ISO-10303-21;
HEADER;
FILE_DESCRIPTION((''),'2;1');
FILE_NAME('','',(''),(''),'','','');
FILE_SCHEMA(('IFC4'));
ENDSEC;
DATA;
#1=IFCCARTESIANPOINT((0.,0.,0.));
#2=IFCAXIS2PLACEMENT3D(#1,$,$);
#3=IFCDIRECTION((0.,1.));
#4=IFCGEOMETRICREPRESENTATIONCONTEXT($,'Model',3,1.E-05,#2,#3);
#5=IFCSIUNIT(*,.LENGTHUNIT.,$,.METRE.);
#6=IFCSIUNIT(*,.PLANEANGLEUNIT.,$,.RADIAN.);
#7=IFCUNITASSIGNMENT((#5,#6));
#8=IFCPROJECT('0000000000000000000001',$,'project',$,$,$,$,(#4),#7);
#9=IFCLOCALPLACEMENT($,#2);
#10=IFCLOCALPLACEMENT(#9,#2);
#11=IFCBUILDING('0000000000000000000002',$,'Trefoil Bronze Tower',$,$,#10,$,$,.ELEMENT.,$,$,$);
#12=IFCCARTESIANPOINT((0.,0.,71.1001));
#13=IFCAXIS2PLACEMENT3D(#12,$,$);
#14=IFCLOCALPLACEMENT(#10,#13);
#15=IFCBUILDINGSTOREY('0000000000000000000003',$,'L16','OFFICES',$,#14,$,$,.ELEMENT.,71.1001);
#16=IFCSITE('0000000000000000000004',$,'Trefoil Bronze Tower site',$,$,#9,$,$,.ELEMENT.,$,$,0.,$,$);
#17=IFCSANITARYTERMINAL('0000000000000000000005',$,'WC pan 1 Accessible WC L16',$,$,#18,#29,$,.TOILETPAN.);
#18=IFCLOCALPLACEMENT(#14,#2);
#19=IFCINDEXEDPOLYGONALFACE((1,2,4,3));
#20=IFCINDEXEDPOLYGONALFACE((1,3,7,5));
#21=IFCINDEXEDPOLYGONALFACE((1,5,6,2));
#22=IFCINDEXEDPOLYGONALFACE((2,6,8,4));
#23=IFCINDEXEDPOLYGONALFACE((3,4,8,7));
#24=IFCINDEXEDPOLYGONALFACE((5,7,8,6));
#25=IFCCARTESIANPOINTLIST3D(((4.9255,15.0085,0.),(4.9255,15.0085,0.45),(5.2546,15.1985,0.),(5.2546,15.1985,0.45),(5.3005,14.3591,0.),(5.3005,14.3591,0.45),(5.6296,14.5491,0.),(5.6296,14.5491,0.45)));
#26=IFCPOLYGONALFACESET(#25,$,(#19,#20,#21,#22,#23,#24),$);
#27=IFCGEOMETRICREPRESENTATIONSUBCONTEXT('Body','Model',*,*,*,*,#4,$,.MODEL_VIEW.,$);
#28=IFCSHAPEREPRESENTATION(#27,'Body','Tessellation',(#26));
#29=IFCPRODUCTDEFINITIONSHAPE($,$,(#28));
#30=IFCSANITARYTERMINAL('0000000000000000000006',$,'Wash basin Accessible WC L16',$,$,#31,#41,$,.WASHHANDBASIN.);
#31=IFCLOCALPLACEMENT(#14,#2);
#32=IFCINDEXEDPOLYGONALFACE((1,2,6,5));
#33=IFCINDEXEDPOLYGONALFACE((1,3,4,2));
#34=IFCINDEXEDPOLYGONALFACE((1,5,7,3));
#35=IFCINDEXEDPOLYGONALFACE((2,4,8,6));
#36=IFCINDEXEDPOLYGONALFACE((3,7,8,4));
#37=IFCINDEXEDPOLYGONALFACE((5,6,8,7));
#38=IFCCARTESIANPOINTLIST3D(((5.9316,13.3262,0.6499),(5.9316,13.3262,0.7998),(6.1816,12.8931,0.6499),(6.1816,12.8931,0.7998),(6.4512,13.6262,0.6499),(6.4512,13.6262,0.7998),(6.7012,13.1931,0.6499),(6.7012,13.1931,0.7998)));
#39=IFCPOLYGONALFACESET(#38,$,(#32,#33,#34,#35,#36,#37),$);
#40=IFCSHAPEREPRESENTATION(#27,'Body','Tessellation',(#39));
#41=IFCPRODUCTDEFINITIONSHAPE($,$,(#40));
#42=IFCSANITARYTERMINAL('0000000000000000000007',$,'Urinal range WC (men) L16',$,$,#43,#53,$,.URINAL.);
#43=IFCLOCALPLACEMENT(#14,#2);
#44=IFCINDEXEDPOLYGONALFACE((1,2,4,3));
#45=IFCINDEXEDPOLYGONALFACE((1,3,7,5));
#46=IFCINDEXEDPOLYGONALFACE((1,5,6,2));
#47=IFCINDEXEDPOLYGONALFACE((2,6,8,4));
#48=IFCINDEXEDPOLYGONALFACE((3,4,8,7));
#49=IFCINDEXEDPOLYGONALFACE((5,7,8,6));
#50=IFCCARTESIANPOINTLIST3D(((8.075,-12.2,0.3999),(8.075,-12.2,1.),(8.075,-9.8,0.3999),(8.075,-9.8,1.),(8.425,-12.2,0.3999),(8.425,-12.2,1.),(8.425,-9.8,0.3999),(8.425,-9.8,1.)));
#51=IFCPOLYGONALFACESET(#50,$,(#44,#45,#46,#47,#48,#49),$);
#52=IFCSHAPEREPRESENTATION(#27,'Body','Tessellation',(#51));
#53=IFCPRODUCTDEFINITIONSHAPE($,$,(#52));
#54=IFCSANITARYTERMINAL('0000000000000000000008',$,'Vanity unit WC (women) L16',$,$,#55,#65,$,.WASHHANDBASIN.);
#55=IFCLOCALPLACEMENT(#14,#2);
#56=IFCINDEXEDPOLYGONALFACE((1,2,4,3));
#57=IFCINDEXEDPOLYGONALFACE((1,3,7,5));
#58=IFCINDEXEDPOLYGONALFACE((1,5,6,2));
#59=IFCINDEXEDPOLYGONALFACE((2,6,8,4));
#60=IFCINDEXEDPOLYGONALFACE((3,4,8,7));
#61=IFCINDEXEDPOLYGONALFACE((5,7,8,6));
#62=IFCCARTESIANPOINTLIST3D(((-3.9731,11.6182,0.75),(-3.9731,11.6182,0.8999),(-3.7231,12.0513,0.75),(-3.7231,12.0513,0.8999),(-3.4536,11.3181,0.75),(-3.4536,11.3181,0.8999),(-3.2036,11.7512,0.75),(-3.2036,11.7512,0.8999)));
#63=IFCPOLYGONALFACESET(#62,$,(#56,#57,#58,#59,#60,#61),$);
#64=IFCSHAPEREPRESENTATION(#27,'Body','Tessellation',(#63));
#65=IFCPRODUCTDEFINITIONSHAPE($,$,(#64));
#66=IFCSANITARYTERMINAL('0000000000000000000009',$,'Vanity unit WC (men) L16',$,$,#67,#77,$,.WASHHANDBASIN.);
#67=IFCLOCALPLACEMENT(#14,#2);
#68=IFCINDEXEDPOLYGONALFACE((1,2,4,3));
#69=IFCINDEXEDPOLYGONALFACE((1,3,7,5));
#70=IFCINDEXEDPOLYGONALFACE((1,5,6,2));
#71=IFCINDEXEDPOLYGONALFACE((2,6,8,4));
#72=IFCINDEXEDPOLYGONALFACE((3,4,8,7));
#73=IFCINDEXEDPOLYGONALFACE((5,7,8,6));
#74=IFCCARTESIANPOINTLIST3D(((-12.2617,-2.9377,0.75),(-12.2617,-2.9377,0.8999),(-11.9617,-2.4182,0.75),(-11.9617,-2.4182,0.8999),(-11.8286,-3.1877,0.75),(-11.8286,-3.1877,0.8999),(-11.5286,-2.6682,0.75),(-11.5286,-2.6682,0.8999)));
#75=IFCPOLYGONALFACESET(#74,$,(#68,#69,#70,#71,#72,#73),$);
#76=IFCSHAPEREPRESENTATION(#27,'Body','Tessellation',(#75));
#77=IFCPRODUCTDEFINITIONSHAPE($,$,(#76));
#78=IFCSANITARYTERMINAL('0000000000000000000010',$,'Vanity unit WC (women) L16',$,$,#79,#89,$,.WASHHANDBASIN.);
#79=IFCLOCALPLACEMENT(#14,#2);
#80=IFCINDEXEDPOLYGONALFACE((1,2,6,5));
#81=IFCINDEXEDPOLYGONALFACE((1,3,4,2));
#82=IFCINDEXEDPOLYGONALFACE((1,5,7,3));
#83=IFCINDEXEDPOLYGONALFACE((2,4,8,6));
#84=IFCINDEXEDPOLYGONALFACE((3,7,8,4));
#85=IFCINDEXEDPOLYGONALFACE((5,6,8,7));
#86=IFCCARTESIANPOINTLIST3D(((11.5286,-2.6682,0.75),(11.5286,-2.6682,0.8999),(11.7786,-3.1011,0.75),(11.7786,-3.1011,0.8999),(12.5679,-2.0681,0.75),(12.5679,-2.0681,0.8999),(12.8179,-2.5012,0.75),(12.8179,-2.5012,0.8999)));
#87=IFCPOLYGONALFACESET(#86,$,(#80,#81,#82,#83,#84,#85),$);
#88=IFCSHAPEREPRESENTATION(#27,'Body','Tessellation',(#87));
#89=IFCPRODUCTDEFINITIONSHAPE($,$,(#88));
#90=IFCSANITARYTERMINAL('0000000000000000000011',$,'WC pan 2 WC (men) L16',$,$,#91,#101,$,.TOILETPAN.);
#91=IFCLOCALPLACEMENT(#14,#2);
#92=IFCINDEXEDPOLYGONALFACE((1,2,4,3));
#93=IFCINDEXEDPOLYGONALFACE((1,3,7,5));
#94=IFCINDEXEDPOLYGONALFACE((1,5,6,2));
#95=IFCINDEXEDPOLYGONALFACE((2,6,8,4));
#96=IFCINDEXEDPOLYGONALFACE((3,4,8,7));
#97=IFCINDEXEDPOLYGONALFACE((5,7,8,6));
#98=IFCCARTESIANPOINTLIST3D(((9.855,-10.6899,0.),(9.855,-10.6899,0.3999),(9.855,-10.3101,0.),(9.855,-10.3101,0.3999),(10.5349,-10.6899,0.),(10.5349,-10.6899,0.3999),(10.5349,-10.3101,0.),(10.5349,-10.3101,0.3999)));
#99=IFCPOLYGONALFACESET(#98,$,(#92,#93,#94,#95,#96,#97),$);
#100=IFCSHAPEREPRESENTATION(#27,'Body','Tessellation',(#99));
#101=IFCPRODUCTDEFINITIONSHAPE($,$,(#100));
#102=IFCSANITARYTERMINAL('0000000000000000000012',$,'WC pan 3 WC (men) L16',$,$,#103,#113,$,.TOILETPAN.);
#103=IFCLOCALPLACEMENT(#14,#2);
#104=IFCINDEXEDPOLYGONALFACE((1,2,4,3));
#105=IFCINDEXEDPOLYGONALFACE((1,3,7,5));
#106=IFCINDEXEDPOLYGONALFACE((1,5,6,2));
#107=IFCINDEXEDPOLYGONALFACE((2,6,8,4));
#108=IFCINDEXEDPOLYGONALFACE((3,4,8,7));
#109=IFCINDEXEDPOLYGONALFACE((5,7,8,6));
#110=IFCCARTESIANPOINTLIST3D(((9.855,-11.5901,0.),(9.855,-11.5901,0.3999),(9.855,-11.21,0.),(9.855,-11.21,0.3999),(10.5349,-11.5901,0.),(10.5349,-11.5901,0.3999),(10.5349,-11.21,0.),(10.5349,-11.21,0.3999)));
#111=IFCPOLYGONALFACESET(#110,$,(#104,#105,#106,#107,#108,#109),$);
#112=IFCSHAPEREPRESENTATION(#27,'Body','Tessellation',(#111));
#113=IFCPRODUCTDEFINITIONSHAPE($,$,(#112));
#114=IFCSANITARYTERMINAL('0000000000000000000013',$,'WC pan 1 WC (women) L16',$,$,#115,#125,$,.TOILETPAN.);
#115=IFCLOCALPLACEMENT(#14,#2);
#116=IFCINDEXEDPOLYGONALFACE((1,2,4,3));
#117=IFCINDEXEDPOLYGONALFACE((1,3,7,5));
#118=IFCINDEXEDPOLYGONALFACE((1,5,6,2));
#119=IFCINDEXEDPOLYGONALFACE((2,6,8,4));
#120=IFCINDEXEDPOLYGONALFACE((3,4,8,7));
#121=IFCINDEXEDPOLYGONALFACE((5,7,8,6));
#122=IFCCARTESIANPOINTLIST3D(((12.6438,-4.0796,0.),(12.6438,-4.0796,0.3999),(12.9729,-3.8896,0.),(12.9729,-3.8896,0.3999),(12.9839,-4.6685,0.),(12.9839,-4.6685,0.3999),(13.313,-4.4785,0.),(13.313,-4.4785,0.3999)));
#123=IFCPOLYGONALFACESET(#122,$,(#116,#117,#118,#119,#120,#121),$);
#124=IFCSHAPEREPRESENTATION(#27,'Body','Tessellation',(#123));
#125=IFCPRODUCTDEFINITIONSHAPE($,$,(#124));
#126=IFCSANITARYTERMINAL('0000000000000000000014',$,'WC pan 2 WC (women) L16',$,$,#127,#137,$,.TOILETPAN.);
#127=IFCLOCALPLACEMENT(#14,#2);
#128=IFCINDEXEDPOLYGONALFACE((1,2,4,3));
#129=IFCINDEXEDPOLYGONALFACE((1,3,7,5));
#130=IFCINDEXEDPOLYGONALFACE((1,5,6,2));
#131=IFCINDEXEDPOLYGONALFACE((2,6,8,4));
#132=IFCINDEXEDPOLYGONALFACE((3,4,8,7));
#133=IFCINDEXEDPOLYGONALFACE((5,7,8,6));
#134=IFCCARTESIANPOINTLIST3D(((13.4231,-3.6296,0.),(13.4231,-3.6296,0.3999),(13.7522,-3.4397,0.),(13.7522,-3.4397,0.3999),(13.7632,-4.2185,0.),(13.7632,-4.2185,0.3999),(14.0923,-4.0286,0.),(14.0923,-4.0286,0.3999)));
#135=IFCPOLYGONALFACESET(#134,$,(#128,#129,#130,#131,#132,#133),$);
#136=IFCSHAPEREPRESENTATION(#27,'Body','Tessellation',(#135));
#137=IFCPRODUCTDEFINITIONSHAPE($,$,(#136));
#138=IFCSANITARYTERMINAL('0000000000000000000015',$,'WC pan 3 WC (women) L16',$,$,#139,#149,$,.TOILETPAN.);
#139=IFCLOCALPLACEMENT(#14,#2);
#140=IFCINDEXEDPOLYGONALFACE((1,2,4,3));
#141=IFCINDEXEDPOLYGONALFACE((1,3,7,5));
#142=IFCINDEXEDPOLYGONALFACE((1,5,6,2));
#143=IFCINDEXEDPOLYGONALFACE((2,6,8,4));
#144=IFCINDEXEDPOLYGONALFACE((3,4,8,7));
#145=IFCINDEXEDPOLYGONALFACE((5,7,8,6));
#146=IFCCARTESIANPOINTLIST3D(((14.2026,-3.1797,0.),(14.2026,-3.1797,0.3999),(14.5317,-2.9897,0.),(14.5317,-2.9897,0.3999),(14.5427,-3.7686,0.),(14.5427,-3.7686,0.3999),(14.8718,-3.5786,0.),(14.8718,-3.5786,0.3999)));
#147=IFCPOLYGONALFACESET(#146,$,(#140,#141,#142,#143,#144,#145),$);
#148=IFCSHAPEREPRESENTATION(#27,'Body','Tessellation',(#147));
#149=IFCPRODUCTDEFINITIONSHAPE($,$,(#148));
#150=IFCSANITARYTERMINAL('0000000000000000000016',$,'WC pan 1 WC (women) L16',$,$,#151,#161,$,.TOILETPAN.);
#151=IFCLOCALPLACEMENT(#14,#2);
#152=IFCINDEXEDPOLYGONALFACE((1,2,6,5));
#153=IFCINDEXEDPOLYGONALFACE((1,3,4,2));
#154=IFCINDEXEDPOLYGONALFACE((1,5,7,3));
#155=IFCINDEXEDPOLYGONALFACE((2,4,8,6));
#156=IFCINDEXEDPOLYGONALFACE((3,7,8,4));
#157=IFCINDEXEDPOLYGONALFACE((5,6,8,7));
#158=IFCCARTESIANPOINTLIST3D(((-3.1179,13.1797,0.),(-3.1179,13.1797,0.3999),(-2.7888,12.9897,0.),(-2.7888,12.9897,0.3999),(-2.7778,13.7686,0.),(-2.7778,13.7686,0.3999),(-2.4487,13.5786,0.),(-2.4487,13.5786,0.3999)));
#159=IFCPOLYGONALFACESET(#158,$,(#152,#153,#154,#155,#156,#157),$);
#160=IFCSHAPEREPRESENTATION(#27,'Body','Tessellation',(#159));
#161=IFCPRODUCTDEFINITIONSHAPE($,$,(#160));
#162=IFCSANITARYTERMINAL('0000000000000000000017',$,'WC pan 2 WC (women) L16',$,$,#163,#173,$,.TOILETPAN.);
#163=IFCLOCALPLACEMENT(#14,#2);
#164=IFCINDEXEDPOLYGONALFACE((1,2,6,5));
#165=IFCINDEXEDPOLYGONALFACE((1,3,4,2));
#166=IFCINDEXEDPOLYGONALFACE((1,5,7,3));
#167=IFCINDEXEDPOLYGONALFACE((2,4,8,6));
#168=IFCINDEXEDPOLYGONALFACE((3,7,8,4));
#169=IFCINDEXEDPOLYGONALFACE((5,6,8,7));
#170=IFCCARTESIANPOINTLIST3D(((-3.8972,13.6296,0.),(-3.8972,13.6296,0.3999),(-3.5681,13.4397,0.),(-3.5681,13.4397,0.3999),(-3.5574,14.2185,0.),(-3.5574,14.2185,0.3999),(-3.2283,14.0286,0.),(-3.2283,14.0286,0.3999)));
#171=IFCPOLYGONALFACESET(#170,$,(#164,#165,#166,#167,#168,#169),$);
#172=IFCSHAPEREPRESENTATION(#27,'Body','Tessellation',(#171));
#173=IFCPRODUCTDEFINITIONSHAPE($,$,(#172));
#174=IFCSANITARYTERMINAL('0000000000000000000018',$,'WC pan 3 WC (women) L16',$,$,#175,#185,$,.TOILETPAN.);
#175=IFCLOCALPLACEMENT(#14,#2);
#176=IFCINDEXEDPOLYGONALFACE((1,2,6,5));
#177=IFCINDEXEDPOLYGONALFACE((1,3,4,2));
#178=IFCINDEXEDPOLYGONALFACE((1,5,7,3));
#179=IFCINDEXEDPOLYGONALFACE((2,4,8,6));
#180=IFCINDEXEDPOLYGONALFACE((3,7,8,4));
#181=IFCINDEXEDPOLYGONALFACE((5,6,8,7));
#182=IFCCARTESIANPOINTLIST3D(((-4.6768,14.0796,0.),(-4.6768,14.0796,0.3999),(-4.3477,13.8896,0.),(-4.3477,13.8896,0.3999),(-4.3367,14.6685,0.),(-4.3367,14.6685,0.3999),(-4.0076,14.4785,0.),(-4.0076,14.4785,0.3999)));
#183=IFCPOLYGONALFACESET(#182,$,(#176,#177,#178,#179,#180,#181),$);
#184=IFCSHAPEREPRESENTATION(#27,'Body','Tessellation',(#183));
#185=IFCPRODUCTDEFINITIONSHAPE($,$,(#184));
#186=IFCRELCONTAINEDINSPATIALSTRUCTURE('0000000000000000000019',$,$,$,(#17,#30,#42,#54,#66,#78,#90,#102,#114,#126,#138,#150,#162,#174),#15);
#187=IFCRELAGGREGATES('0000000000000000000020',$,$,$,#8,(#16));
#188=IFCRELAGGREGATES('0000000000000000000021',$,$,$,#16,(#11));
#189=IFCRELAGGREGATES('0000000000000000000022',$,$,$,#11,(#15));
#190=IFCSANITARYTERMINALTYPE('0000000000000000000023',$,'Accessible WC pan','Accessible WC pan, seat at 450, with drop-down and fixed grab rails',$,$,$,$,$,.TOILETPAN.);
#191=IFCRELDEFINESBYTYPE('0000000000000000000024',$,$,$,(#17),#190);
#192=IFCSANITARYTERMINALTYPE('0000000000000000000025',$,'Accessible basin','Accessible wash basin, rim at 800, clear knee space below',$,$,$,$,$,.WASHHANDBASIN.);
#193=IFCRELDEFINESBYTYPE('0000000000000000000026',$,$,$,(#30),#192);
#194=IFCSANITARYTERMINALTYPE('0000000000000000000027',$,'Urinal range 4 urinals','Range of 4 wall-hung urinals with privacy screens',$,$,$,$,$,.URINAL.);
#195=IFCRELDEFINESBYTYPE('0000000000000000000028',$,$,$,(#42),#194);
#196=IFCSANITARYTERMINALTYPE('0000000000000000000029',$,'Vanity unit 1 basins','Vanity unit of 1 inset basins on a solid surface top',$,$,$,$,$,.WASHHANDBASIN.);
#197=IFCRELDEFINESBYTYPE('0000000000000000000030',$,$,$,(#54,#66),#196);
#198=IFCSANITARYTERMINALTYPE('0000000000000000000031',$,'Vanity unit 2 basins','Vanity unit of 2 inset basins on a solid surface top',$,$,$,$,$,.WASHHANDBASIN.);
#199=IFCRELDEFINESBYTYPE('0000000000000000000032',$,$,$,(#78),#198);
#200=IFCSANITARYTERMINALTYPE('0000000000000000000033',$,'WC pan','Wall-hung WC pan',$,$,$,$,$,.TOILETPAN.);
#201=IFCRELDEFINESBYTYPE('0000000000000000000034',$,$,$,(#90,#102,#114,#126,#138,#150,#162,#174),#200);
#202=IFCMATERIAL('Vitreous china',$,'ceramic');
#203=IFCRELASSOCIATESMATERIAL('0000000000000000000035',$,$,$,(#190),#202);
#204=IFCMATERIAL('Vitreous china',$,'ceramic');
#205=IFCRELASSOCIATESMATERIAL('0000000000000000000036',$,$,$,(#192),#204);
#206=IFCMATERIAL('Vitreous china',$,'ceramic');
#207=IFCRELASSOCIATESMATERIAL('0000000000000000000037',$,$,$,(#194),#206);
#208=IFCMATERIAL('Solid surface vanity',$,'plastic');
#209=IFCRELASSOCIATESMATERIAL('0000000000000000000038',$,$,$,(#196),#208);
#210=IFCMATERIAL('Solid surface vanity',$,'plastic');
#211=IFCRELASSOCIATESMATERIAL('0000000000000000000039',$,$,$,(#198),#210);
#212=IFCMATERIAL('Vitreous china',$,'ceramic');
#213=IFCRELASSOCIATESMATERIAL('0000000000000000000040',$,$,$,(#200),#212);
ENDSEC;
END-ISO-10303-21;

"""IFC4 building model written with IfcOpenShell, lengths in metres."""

from ifc_helpers import new_model, si_unit, direction, frame, origin, place, context, subcontext, project, spatial, polyline, outline, extrude, material, type_object, element, save


model = new_model("IFC4")

# Units and contexts
model_context = context("Model", 3, precision=1e-05, world=origin(), true_north=direction((0.0, 1.0)))
body_context = subcontext(model_context, "Body", "Model", "MODEL_VIEW")
ifc_project = project(units=[si_unit("LENGTHUNIT", "METRE"), si_unit("PLANEANGLEUNIT", "RADIAN")], contexts=[model_context])

# Site, building, storey
site_placement = place(None, origin())
site = spatial("IfcSite", under=ifc_project, at=site_placement, Name="Trefoil Bronze Tower site", CompositionType="ELEMENT", RefElevation=0.0)
building_placement = place(site_placement, origin())
building = spatial("IfcBuilding", under=site, at=building_placement, Name="Trefoil Bronze Tower", CompositionType="ELEMENT")
storey_placement = place(building_placement, frame((0.0, 0.0, 71.1001)))
storey = spatial("IfcBuildingStorey", under=building, at=storey_placement, Name="L16", Description="OFFICES", CompositionType="ELEMENT", Elevation=71.1001)

# Sanitary terminals
ifc_material_1 = material(Name="Vitreous china", Category="ceramic")
sanitary_terminal_type_1 = type_object("IfcSanitaryTerminalType", Name="Accessible WC pan", Description="Accessible WC pan, seat at 450, with drop-down and fixed grab rails", PredefinedType="TOILETPAN", material=ifc_material_1)
sanitary_terminal_1_placement = place(storey_placement, origin())
element("IfcSanitaryTerminal", 1, at=sanitary_terminal_1_placement, inside=storey, type_object=sanitary_terminal_type_1, Name="WC pan 1 Accessible WC L16", PredefinedType="TOILETPAN", context=body_context, shape_type="SweptSolid", body=[
    extrude(outline(polyline([(5.3005, 14.3591), (4.9255, 15.0085), (5.2546, 15.1985), (5.6296, 14.5491), (5.3005, 14.3591)])), origin(), (0.0, 0.0, 1.0), 0.45),
])
ifc_material_2 = material(Name="Vitreous china", Category="ceramic")
sanitary_terminal_type_2 = type_object("IfcSanitaryTerminalType", Name="Accessible basin", Description="Accessible wash basin, rim at 800, clear knee space below", PredefinedType="WASHHANDBASIN", material=ifc_material_2)
sanitary_terminal_2_placement = place(storey_placement, frame((0.0, 0.0, 0.6499)))
element("IfcSanitaryTerminal", 2, at=sanitary_terminal_2_placement, inside=storey, type_object=sanitary_terminal_type_2, Name="Wash basin Accessible WC L16", PredefinedType="WASHHANDBASIN", context=body_context, shape_type="SweptSolid", body=[
    extrude(outline(polyline([(6.1816, 12.8931), (5.9316, 13.3262), (6.4512, 13.6262), (6.7012, 13.1931), (6.1816, 12.8931)])), origin(), (0.0, 0.0, 1.0), 0.1499),
])
ifc_material_3 = material(Name="Vitreous china", Category="ceramic")
sanitary_terminal_type_3 = type_object("IfcSanitaryTerminalType", Name="Urinal range 4 urinals", Description="Range of 4 wall-hung urinals with privacy screens", PredefinedType="URINAL", material=ifc_material_3)
sanitary_terminal_3_placement = place(storey_placement, frame((0.0, 0.0, 0.3999)))
element("IfcSanitaryTerminal", 3, at=sanitary_terminal_3_placement, inside=storey, type_object=sanitary_terminal_type_3, Name="Urinal range WC (men) L16", PredefinedType="URINAL", context=body_context, shape_type="SweptSolid", body=[
    extrude(outline(polyline([(8.075, -9.8), (8.425, -9.8), (8.425, -12.2), (8.075, -12.2), (8.075, -9.8)])), origin(), (0.0, 0.0, 1.0), 0.6001),
])
ifc_material_4 = material(Name="Solid surface vanity", Category="plastic")
sanitary_terminal_type_4 = type_object("IfcSanitaryTerminalType", Name="Vanity unit 1 basins", Description="Vanity unit of 1 inset basins on a solid surface top", PredefinedType="WASHHANDBASIN", material=ifc_material_4)
sanitary_terminal_4_placement = place(storey_placement, frame((0.0, 0.0, 0.75)))
element("IfcSanitaryTerminal", 4, at=sanitary_terminal_4_placement, inside=storey, type_object=sanitary_terminal_type_4, Name="Vanity unit WC (women) L16", PredefinedType="WASHHANDBASIN", context=body_context, shape_type="SweptSolid", body=[
    extrude(outline(polyline([(-3.4536, 11.3181), (-3.2036, 11.7512), (-3.7231, 12.0513), (-3.9731, 11.6182), (-3.4536, 11.3181)])), origin(), (0.0, 0.0, 1.0), 0.1499),
])
sanitary_terminal_5_placement = place(storey_placement, frame((0.0, 0.0, 0.75)))
element("IfcSanitaryTerminal", 5, at=sanitary_terminal_5_placement, inside=storey, type_object=sanitary_terminal_type_4, Name="Vanity unit WC (men) L16", PredefinedType="WASHHANDBASIN", context=body_context, shape_type="SweptSolid", body=[
    extrude(outline(polyline([(-11.5286, -2.6682), (-11.8286, -3.1877), (-12.2617, -2.9377), (-11.9617, -2.4182), (-11.5286, -2.6682)])), origin(), (0.0, 0.0, 1.0), 0.1499),
])
ifc_material_5 = material(Name="Solid surface vanity", Category="plastic")
sanitary_terminal_type_5 = type_object("IfcSanitaryTerminalType", Name="Vanity unit 2 basins", Description="Vanity unit of 2 inset basins on a solid surface top", PredefinedType="WASHHANDBASIN", material=ifc_material_5)
sanitary_terminal_6_placement = place(storey_placement, frame((0.0, 0.0, 0.75)))
element("IfcSanitaryTerminal", 6, at=sanitary_terminal_6_placement, inside=storey, type_object=sanitary_terminal_type_5, Name="Vanity unit WC (women) L16", PredefinedType="WASHHANDBASIN", context=body_context, shape_type="SweptSolid", body=[
    extrude(outline(polyline([(11.5286, -2.6682), (11.7786, -3.1011), (12.8179, -2.5012), (12.5679, -2.0681), (11.5286, -2.6682)])), origin(), (0.0, 0.0, 1.0), 0.1499),
])
ifc_material_6 = material(Name="Vitreous china", Category="ceramic")
sanitary_terminal_type_6 = type_object("IfcSanitaryTerminalType", Name="WC pan", Description="Wall-hung WC pan", PredefinedType="TOILETPAN", material=ifc_material_6)
sanitary_terminal_7_placement = place(storey_placement, origin())
element("IfcSanitaryTerminal", 7, at=sanitary_terminal_7_placement, inside=storey, type_object=sanitary_terminal_type_6, Name="WC pan 2 WC (men) L16", PredefinedType="TOILETPAN", context=body_context, shape_type="SweptSolid", body=[
    extrude(outline(polyline([(9.855, -10.3101), (10.5349, -10.3101), (10.5349, -10.6899), (9.855, -10.6899), (9.855, -10.3101)])), origin(), (0.0, 0.0, 1.0), 0.3999),
])
sanitary_terminal_8_placement = place(storey_placement, origin())
element("IfcSanitaryTerminal", 8, at=sanitary_terminal_8_placement, inside=storey, type_object=sanitary_terminal_type_6, Name="WC pan 3 WC (men) L16", PredefinedType="TOILETPAN", context=body_context, shape_type="SweptSolid", body=[
    extrude(outline(polyline([(9.855, -11.21), (10.5349, -11.21), (10.5349, -11.5901), (9.855, -11.5901), (9.855, -11.21)])), origin(), (0.0, 0.0, 1.0), 0.3999),
])
sanitary_terminal_9_placement = place(storey_placement, origin())
element("IfcSanitaryTerminal", 9, at=sanitary_terminal_9_placement, inside=storey, type_object=sanitary_terminal_type_6, Name="WC pan 1 WC (women) L16", PredefinedType="TOILETPAN", context=body_context, shape_type="SweptSolid", body=[
    extrude(outline(polyline([(12.6438, -4.0796), (12.9839, -4.6685), (13.313, -4.4785), (12.9729, -3.8896), (12.6438, -4.0796)])), origin(), (0.0, 0.0, 1.0), 0.3999),
])
sanitary_terminal_10_placement = place(storey_placement, origin())
element("IfcSanitaryTerminal", 10, at=sanitary_terminal_10_placement, inside=storey, type_object=sanitary_terminal_type_6, Name="WC pan 2 WC (women) L16", PredefinedType="TOILETPAN", context=body_context, shape_type="SweptSolid", body=[
    extrude(outline(polyline([(13.4231, -3.6296), (13.7632, -4.2185), (14.0923, -4.0286), (13.7522, -3.4397), (13.4231, -3.6296)])), origin(), (0.0, 0.0, 1.0), 0.3999),
])
sanitary_terminal_11_placement = place(storey_placement, origin())
element("IfcSanitaryTerminal", 11, at=sanitary_terminal_11_placement, inside=storey, type_object=sanitary_terminal_type_6, Name="WC pan 3 WC (women) L16", PredefinedType="TOILETPAN", context=body_context, shape_type="SweptSolid", body=[
    extrude(outline(polyline([(14.2026, -3.1797), (14.5427, -3.7686), (14.8718, -3.5786), (14.5317, -2.9897), (14.2026, -3.1797)])), origin(), (0.0, 0.0, 1.0), 0.3999),
])
sanitary_terminal_12_placement = place(storey_placement, origin())
element("IfcSanitaryTerminal", 12, at=sanitary_terminal_12_placement, inside=storey, type_object=sanitary_terminal_type_6, Name="WC pan 1 WC (women) L16", PredefinedType="TOILETPAN", context=body_context, shape_type="SweptSolid", body=[
    extrude(outline(polyline([(-2.7888, 12.9897), (-2.4487, 13.5786), (-2.7778, 13.7686), (-3.1179, 13.1797), (-2.7888, 12.9897)])), origin(), (0.0, 0.0, 1.0), 0.3999),
])
sanitary_terminal_13_placement = place(storey_placement, origin())
element("IfcSanitaryTerminal", 13, at=sanitary_terminal_13_placement, inside=storey, type_object=sanitary_terminal_type_6, Name="WC pan 2 WC (women) L16", PredefinedType="TOILETPAN", context=body_context, shape_type="SweptSolid", body=[
    extrude(outline(polyline([(-3.5681, 13.4397), (-3.2283, 14.0286), (-3.5574, 14.2185), (-3.8972, 13.6296), (-3.5681, 13.4397)])), origin(), (0.0, 0.0, 1.0), 0.3999),
])
sanitary_terminal_14_placement = place(storey_placement, origin())
element("IfcSanitaryTerminal", 14, at=sanitary_terminal_14_placement, inside=storey, type_object=sanitary_terminal_type_6, Name="WC pan 3 WC (women) L16", PredefinedType="TOILETPAN", context=body_context, shape_type="SweptSolid", body=[
    extrude(outline(polyline([(-4.3477, 13.8896), (-4.0076, 14.4785), (-4.3367, 14.6685), (-4.6768, 14.0796), (-4.3477, 13.8896)])), origin(), (0.0, 0.0, 1.0), 0.3999),
])

save(model, "model.ifc")
